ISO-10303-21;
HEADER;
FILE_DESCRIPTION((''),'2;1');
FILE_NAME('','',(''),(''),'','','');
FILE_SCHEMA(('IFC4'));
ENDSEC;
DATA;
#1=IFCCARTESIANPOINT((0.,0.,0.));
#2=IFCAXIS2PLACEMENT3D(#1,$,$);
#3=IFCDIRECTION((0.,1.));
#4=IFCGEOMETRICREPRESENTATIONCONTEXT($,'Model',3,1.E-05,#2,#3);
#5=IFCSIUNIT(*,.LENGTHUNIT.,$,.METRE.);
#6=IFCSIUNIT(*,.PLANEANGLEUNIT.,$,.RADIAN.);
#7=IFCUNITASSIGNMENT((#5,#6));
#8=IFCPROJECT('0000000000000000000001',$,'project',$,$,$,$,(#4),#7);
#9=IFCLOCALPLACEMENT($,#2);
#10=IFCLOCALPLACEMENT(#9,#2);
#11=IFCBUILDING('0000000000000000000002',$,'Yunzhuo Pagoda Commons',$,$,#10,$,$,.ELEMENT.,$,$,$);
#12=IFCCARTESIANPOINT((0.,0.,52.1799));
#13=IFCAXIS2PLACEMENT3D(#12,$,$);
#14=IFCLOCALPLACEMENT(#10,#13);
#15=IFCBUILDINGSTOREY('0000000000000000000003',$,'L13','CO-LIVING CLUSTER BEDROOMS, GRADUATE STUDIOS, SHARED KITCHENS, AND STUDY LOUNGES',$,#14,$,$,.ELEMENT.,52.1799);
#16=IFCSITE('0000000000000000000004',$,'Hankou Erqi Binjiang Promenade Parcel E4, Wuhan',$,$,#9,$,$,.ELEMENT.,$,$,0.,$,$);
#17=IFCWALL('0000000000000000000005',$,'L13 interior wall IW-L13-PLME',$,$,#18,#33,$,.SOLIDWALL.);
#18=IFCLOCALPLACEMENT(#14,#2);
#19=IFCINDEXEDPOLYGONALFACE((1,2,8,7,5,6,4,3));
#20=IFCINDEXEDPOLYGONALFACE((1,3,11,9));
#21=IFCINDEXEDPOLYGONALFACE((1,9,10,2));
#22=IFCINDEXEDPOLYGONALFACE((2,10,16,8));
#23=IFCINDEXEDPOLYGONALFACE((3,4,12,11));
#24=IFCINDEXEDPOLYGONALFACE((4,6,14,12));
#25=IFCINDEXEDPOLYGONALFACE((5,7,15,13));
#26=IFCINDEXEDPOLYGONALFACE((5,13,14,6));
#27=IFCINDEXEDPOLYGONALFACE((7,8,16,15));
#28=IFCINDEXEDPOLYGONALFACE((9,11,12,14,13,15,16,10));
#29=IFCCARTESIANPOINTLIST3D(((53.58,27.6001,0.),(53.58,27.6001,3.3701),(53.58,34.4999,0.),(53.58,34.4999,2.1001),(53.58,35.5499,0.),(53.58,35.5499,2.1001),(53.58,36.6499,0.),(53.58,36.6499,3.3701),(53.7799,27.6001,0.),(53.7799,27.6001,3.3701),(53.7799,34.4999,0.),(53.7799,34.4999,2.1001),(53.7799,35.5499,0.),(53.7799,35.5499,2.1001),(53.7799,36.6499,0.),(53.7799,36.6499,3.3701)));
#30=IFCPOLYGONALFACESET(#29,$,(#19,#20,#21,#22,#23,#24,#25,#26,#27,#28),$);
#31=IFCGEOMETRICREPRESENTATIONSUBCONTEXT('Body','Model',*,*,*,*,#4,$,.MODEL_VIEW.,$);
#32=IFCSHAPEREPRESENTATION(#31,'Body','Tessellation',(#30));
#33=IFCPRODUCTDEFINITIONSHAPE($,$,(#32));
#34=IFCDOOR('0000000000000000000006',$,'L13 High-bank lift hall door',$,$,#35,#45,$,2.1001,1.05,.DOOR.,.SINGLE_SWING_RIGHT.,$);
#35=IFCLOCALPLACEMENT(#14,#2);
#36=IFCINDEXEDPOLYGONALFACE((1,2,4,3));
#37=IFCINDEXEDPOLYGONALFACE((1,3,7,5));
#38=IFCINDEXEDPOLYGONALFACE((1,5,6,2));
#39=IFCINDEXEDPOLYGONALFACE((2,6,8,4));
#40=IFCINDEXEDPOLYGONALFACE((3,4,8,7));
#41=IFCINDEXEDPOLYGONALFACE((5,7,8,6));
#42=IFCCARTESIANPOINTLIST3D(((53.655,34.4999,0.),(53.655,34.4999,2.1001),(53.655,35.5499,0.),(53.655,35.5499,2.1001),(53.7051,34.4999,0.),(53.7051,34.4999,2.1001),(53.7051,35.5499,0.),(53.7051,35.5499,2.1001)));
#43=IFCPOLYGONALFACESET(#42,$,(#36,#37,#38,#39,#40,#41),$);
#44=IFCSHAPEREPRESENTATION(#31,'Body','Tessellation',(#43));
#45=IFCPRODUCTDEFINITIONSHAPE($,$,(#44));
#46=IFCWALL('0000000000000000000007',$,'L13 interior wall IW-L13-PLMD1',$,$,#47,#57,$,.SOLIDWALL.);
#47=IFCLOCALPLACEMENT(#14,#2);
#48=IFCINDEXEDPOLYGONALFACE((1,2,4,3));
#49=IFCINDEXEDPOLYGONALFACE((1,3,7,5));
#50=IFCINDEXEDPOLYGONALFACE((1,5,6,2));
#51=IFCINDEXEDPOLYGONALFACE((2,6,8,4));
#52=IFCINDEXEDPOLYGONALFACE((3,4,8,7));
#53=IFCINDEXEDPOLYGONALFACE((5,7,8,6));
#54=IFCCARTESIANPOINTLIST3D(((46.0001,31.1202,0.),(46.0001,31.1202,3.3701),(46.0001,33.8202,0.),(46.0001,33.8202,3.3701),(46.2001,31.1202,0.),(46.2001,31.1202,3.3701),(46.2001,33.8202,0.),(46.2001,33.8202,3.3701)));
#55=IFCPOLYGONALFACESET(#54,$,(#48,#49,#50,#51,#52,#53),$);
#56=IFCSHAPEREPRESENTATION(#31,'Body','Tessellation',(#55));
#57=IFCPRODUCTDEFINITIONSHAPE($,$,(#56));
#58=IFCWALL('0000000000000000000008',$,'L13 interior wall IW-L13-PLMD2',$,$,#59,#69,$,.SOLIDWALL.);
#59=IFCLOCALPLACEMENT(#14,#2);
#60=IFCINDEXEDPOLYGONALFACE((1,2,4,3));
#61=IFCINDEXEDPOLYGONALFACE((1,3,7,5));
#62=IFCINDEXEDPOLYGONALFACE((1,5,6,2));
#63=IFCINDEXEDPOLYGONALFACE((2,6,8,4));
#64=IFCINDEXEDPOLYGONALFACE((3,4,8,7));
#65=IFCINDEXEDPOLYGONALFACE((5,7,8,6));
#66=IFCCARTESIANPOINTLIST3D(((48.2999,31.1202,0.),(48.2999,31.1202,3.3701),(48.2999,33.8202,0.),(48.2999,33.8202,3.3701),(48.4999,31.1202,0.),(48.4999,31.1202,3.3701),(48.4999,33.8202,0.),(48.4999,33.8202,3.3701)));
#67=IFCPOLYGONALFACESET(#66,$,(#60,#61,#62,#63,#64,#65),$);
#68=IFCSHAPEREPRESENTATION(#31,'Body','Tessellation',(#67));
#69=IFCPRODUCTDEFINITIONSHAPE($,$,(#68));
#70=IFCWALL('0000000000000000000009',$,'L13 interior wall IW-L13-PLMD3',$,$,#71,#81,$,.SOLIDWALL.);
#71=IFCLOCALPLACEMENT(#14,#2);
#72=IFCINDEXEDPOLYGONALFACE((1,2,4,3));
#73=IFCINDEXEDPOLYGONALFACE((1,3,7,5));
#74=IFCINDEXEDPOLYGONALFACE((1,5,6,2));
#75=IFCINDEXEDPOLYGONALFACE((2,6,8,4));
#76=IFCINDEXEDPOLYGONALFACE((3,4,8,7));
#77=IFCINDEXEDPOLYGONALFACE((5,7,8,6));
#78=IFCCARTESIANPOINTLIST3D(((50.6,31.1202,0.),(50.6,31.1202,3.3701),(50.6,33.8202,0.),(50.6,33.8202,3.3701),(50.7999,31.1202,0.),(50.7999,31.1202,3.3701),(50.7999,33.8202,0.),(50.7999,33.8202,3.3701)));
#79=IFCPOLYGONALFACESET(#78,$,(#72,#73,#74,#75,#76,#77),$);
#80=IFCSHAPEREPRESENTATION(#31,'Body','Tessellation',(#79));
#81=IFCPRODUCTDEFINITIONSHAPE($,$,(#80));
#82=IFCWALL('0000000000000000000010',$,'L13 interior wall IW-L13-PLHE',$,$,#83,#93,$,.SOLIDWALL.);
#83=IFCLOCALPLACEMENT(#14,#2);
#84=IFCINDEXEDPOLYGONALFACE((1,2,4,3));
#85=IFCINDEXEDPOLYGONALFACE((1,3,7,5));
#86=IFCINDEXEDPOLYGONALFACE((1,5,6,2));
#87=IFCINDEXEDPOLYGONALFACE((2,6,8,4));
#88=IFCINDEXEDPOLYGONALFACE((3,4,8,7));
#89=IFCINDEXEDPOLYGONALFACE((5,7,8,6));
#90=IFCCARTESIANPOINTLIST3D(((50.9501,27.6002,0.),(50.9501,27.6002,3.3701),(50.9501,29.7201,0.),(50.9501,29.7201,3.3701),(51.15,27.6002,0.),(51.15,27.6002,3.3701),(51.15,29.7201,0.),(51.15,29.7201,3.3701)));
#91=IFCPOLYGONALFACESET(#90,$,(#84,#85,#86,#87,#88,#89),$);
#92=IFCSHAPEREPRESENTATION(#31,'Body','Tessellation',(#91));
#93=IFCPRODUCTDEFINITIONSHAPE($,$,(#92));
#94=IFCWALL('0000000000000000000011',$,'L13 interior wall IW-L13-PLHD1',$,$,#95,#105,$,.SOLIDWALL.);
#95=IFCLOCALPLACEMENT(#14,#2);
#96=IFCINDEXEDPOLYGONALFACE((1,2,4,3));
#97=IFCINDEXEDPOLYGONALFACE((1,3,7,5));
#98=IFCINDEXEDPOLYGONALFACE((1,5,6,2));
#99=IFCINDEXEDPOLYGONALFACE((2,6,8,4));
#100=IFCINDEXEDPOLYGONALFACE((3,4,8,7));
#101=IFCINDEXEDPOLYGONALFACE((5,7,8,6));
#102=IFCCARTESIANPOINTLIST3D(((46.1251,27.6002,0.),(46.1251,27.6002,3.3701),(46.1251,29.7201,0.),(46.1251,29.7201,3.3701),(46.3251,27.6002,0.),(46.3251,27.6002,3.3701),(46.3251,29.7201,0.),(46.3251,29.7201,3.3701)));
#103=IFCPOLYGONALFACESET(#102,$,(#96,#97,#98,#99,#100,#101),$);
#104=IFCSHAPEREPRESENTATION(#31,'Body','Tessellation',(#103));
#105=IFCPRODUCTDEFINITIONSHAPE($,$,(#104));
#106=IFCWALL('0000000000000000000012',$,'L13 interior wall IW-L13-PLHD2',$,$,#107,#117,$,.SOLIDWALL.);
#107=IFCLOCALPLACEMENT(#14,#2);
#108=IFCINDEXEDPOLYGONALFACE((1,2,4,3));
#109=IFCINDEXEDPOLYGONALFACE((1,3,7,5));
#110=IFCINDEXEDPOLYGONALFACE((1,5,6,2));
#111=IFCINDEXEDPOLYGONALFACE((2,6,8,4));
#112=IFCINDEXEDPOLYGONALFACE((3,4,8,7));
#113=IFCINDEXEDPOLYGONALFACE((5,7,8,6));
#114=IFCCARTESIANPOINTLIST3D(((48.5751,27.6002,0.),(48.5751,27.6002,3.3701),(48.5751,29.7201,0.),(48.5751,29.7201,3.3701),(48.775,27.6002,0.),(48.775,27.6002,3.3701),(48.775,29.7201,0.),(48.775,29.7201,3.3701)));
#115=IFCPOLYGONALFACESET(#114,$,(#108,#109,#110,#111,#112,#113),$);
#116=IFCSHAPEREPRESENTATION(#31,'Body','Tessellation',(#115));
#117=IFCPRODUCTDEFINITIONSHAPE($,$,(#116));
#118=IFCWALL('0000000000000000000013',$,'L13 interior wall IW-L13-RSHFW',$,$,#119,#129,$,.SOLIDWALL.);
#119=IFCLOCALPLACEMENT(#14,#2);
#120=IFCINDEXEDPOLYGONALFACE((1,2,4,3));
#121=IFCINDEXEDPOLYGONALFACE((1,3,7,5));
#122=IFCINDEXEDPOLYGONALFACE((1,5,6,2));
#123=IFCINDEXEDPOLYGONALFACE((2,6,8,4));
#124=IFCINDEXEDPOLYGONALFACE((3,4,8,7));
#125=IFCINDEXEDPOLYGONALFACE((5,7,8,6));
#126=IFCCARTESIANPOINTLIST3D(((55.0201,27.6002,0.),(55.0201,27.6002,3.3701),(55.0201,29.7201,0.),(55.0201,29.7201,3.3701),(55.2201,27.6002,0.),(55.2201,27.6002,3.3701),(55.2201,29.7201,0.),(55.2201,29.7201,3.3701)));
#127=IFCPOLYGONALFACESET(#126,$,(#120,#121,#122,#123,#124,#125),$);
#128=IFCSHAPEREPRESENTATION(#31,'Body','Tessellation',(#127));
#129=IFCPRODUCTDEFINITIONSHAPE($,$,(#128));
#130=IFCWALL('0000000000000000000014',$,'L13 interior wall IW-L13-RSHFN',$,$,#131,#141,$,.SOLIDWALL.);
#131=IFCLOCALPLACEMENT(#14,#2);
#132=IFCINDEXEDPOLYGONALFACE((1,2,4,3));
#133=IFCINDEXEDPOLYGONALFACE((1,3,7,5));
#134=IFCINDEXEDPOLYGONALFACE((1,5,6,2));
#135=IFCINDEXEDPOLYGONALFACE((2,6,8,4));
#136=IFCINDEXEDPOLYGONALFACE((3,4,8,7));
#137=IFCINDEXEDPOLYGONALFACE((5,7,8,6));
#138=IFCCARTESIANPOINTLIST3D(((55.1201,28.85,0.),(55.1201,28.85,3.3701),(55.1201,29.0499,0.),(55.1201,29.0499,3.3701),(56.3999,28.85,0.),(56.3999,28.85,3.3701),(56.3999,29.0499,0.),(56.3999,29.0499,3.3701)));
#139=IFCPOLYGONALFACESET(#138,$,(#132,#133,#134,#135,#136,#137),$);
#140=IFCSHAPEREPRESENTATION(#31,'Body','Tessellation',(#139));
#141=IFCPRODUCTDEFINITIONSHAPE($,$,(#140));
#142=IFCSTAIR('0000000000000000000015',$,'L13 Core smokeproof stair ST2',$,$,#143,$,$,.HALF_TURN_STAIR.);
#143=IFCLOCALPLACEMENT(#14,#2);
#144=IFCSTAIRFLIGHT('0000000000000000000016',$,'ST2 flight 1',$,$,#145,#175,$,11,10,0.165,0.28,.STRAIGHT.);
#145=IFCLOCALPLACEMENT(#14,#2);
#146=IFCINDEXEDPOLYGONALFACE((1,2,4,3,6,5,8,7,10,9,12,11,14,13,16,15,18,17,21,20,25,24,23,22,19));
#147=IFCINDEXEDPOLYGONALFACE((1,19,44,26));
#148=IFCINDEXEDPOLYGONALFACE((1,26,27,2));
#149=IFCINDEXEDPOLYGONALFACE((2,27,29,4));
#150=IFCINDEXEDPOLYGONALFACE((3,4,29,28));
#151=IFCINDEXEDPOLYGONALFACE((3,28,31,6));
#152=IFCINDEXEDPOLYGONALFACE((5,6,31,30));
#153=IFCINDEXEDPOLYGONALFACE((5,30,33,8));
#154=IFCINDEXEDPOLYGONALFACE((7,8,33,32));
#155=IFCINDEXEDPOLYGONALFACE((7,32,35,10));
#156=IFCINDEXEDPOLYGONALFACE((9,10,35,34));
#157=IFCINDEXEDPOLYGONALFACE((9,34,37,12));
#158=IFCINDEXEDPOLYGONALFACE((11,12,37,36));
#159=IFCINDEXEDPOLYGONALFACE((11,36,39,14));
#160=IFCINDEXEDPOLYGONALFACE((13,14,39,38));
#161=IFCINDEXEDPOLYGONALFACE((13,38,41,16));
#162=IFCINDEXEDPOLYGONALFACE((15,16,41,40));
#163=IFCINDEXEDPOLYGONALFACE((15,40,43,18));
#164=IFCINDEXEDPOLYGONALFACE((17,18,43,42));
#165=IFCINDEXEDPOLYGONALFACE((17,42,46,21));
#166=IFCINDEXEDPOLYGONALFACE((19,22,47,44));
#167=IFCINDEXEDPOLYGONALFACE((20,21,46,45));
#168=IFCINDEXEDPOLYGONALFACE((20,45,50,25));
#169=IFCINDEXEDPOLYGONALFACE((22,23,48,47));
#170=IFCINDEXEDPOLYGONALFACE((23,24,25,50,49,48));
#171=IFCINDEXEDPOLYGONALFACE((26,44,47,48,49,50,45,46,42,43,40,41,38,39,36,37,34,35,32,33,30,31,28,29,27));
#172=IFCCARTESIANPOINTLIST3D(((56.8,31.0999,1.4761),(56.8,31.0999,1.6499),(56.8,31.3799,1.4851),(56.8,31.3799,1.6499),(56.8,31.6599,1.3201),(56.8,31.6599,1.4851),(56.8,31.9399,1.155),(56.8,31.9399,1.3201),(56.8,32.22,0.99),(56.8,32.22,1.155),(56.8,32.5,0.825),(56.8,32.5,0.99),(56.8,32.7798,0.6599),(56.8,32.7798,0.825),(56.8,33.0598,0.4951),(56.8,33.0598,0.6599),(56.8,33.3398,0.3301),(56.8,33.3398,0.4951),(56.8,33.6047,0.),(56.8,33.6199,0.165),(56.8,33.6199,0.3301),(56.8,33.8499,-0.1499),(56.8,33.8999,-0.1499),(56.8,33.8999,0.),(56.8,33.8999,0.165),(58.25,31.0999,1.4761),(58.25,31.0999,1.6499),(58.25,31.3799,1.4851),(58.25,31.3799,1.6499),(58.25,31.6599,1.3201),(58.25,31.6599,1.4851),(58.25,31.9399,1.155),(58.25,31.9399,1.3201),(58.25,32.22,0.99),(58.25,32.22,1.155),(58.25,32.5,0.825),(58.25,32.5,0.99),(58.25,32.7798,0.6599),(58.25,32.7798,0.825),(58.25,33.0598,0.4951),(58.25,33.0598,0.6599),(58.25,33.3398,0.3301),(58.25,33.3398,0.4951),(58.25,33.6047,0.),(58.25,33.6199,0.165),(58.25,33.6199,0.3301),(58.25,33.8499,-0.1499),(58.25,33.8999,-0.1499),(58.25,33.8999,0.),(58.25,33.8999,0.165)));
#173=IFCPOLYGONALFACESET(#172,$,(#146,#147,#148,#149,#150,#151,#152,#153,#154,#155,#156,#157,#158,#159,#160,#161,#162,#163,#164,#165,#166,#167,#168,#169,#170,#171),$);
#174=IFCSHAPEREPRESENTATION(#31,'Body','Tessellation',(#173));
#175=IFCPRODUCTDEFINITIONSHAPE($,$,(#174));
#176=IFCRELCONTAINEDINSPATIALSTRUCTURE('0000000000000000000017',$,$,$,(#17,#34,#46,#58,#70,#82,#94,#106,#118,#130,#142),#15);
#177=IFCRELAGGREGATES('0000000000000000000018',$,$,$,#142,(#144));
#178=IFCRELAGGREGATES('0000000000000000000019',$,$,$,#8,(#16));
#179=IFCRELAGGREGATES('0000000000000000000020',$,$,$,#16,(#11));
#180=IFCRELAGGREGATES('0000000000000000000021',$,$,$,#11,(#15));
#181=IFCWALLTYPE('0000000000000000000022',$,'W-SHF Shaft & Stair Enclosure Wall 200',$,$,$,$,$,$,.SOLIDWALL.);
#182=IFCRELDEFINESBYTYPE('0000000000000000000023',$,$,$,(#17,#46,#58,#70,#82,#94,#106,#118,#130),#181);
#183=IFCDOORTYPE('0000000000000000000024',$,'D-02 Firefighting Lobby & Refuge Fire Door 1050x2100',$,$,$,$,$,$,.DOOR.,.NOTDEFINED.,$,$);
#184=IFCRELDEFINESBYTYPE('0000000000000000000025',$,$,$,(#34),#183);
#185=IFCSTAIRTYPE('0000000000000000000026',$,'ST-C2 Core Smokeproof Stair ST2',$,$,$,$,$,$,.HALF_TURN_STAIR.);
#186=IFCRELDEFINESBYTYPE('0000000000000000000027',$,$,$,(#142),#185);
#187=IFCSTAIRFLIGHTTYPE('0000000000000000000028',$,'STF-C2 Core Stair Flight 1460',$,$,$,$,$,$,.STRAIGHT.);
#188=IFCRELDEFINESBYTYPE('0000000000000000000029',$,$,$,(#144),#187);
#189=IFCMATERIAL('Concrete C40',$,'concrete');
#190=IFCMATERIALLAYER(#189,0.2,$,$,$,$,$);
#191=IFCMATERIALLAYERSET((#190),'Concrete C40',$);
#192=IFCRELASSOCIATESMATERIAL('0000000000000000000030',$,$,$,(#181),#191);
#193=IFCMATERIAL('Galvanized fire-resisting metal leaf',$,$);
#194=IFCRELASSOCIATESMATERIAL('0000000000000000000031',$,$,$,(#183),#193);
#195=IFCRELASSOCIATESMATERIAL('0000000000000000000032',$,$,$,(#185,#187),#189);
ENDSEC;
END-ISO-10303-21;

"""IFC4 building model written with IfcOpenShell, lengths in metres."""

from ifc_helpers import new_model, si_unit, direction, frame, frame_2d, origin, origin_with_axes, place, context, subcontext, project, spatial, polyline, rectangle, outline, extrude, source, transform, mapped, material, layer, layer_set, type_object, element, fill, aggregate, save


model = new_model("IFC4")

# Units and contexts
model_context = context("Model", 3, precision=1e-05, world=origin(), true_north=direction((0.0, 1.0)))
body_context = subcontext(model_context, "Body", "Model", "MODEL_VIEW")
ifc_project = project(units=[si_unit("LENGTHUNIT", "METRE"), si_unit("PLANEANGLEUNIT", "RADIAN")], contexts=[model_context])

# Site, building, storey
site_placement = place(None, origin())
site = spatial("IfcSite", under=ifc_project, at=site_placement, Name="Hankou Erqi Binjiang Promenade Parcel E4, Wuhan", CompositionType="ELEMENT", RefElevation=0.0)
building_placement = place(site_placement, origin())
building = spatial("IfcBuilding", under=site, at=building_placement, Name="Yunzhuo Pagoda Commons", CompositionType="ELEMENT")
storey_placement = place(building_placement, frame((0.0, 0.0, 52.1799)))
storey = spatial("IfcBuildingStorey", under=building, at=storey_placement, Name="L13", Description="CO-LIVING CLUSTER BEDROOMS, GRADUATE STUDIOS, SHARED KITCHENS, AND STUDY LOUNGES", CompositionType="ELEMENT", Elevation=52.1799)

# Wall, opening, door
ifc_material_1 = material(Name="Galvanized fire-resisting metal leaf")
ifc_material_2 = material(Name="Concrete C40", Category="concrete")
ifc_layer_1 = layer(ifc_material_2, 0.2)
ifc_layer_set_1 = layer_set([ifc_layer_1], Name="Concrete C40")
wall_type_1 = type_object("IfcWallType", Name="W-SHF Shaft & Stair Enclosure Wall 200", PredefinedType="SOLIDWALL", material=ifc_layer_set_1)
wall_1_placement = place(storey_placement, frame((53.6799, 27.6001, 0.0), z_axis=(0.0, 0.0, 1.0), x_axis=(0.0, 1.0, 0.0)))
wall_1 = element("IfcWall", 1, at=wall_1_placement, inside=storey, type_object=wall_type_1, Name="L13 interior wall IW-L13-PLME", PredefinedType="SOLIDWALL", context=body_context, shape_type="SweptSolid", body=[
    extrude(rectangle(XDim=9.0498, YDim=0.2, at=frame_2d((4.5249, 0.0))), origin(), (0.0, 0.0, 1.0), 3.3701),
])
opening_1_placement = place(wall_1_placement, frame((6.8999, 0.0, 0.0)))
opening_1 = element("IfcOpeningElement", 2, at=opening_1_placement, cuts=wall_1, PredefinedType="OPENING", context=body_context, shape_type="SweptSolid", body=[
    extrude(rectangle(XDim=1.05, YDim=2.1001, at=frame_2d((0.5249, 1.05))), frame((0.0, 0.1099, 0.0), z_axis=(0.0, -1.0, 0.0), x_axis=(1.0, 0.0, 0.0)), (0.0, 0.0, 1.0), 0.22),
])
door_type_1 = type_object("IfcDoorType", Name="D-02 Firefighting Lobby & Refuge Fire Door 1050x2100", OperationType="NOTDEFINED", PredefinedType="DOOR", material=ifc_material_1)
shared_shape_1 = source(origin(), body_context, "Body", "SweptSolid", [
    extrude(rectangle(XDim=1.05, YDim=2.1001, at=frame_2d((0.5249, 1.05))), frame((0.0, 0.0249, 0.0), z_axis=(0.0, -1.0, 0.0), x_axis=(1.0, 0.0, 0.0)), (0.0, 0.0, 1.0), 0.05),
])
door_1_placement = place(opening_1_placement, origin_with_axes())
door_1 = element("IfcDoor", 3, at=door_1_placement, inside=storey, type_object=door_type_1, Name="L13 High-bank lift hall door", OperationType="SINGLE_SWING_RIGHT", OverallHeight=2.1001, OverallWidth=1.05, PredefinedType="DOOR", context=body_context, shape_type="MappedRepresentation", body=[
    mapped(shared_shape_1, transform((0.0, 0.0, 0.0), scale=1.0)),
])
fill(opening_1, door_1)

# Walls
for number, where, z_axis, x_axis, name in (
    (4, (46.1001, 31.1201, 0.0), (0.0, 0.0, 1.0), (0.0, 1.0, 0.0), "L13 interior wall IW-L13-PLMD1"),
    (5, (48.3999, 31.1201, 0.0), (0.0, 0.0, 1.0), (0.0, 1.0, 0.0), "L13 interior wall IW-L13-PLMD2"),
    (6, (50.7, 31.1201, 0.0), (0.0, 0.0, 1.0), (0.0, 1.0, 0.0), "L13 interior wall IW-L13-PLMD3"),
):
    element("IfcWall", number, at=place(storey_placement, frame(where, z_axis=z_axis, x_axis=x_axis)), inside=storey, type_object=wall_type_1, Name=name, PredefinedType="SOLIDWALL", context=body_context, shape_type="SweptSolid", body=[
        extrude(rectangle(XDim=2.7, YDim=0.2, at=frame_2d((1.3501, 0.0))), origin(), (0.0, 0.0, 1.0), 3.3701),
    ])
for number, where, z_axis, x_axis, name in (
    (7, (51.05, 27.6001, 0.0), (0.0, 0.0, 1.0), (0.0, 1.0, 0.0), "L13 interior wall IW-L13-PLHE"),
    (8, (46.2251, 27.6001, 0.0), (0.0, 0.0, 1.0), (0.0, 1.0, 0.0), "L13 interior wall IW-L13-PLHD1"),
    (9, (48.675, 27.6001, 0.0), (0.0, 0.0, 1.0), (0.0, 1.0, 0.0), "L13 interior wall IW-L13-PLHD2"),
    (10, (55.1201, 27.6001, 0.0), (0.0, 0.0, 1.0), (0.0, 1.0, 0.0), "L13 interior wall IW-L13-RSHFW"),
):
    element("IfcWall", number, at=place(storey_placement, frame(where, z_axis=z_axis, x_axis=x_axis)), inside=storey, type_object=wall_type_1, Name=name, PredefinedType="SOLIDWALL", context=body_context, shape_type="SweptSolid", body=[
        extrude(rectangle(XDim=2.1199, YDim=0.2, at=frame_2d((1.0601, 0.0))), origin(), (0.0, 0.0, 1.0), 3.3701),
    ])
wall_2_placement = place(storey_placement, frame((55.1201, 28.95, 0.0), z_axis=(0.0, 0.0, 1.0), x_axis=(1.0, 0.0, 0.0)))
element("IfcWall", 11, at=wall_2_placement, inside=storey, type_object=wall_type_1, Name="L13 interior wall IW-L13-RSHFN", PredefinedType="SOLIDWALL", context=body_context, shape_type="SweptSolid", body=[
    extrude(rectangle(XDim=1.2798, YDim=0.2, at=frame_2d((0.6399, 0.0))), origin(), (0.0, 0.0, 1.0), 3.3701),
])

# Stair, stair flight
stair_type = type_object("IfcStairType", Name="ST-C2 Core Smokeproof Stair ST2", PredefinedType="HALF_TURN_STAIR", material=ifc_material_2)
stair_placement = place(storey_placement, origin())
stair = element("IfcStair", 12, at=stair_placement, inside=storey, type_object=stair_type, Name="L13 Core smokeproof stair ST2", PredefinedType="HALF_TURN_STAIR")
stair_flight_type = type_object("IfcStairFlightType", Name="STF-C2 Core Stair Flight 1460", PredefinedType="STRAIGHT", material=ifc_material_2)
shared_shape_2 = source(origin(), body_context, "Body", "SweptSolid", [
    extrude(outline(polyline([(0.0, -0.1499), (0.0, 0.0), (0.0, 0.165), (0.28, 0.165), (0.28, 0.3301), (0.5601, 0.3301), (0.5601, 0.4951), (0.8401, 0.4951), (0.8401, 0.6599), (1.1201, 0.6599), (1.1201, 0.825), (1.3999, 0.825), (1.3999, 0.99), (1.6799, 0.99), (1.6799, 1.155), (1.96, 1.155), (1.96, 1.3201), (2.24, 1.3201), (2.24, 1.4851), (2.52, 1.4851), (2.52, 1.6499), (2.8, 1.6499), (2.8, 1.8149), (2.8, 1.4761), (0.2952, 0.0), (0.05, -0.1499), (0.0, -0.1499)])), frame((0.0, 0.7251, 0.0), z_axis=(0.0, -1.0, 0.0), x_axis=(1.0, 0.0, 0.0)), (0.0, 0.0, 1.0), 1.45),
])
stair_flight_placement = place(storey_placement, frame((57.5249, 33.8999, 0.0), z_axis=(0.0, 0.0, 1.0), x_axis=(0.0, -1.0, 0.0)))
stair_flight = element("IfcStairFlight", 13, at=stair_flight_placement, type_object=stair_flight_type, Name="ST2 flight 1", NumberOfRisers=11, NumberOfTreads=10, PredefinedType="STRAIGHT", RiserHeight=0.165, TreadLength=0.28, context=body_context, shape_type="MappedRepresentation", body=[
    mapped(shared_shape_2, transform((0.0, 0.0, 0.0), scale=1.0)),
])
aggregate(stair, [stair_flight])

save(model, "model.ifc")
